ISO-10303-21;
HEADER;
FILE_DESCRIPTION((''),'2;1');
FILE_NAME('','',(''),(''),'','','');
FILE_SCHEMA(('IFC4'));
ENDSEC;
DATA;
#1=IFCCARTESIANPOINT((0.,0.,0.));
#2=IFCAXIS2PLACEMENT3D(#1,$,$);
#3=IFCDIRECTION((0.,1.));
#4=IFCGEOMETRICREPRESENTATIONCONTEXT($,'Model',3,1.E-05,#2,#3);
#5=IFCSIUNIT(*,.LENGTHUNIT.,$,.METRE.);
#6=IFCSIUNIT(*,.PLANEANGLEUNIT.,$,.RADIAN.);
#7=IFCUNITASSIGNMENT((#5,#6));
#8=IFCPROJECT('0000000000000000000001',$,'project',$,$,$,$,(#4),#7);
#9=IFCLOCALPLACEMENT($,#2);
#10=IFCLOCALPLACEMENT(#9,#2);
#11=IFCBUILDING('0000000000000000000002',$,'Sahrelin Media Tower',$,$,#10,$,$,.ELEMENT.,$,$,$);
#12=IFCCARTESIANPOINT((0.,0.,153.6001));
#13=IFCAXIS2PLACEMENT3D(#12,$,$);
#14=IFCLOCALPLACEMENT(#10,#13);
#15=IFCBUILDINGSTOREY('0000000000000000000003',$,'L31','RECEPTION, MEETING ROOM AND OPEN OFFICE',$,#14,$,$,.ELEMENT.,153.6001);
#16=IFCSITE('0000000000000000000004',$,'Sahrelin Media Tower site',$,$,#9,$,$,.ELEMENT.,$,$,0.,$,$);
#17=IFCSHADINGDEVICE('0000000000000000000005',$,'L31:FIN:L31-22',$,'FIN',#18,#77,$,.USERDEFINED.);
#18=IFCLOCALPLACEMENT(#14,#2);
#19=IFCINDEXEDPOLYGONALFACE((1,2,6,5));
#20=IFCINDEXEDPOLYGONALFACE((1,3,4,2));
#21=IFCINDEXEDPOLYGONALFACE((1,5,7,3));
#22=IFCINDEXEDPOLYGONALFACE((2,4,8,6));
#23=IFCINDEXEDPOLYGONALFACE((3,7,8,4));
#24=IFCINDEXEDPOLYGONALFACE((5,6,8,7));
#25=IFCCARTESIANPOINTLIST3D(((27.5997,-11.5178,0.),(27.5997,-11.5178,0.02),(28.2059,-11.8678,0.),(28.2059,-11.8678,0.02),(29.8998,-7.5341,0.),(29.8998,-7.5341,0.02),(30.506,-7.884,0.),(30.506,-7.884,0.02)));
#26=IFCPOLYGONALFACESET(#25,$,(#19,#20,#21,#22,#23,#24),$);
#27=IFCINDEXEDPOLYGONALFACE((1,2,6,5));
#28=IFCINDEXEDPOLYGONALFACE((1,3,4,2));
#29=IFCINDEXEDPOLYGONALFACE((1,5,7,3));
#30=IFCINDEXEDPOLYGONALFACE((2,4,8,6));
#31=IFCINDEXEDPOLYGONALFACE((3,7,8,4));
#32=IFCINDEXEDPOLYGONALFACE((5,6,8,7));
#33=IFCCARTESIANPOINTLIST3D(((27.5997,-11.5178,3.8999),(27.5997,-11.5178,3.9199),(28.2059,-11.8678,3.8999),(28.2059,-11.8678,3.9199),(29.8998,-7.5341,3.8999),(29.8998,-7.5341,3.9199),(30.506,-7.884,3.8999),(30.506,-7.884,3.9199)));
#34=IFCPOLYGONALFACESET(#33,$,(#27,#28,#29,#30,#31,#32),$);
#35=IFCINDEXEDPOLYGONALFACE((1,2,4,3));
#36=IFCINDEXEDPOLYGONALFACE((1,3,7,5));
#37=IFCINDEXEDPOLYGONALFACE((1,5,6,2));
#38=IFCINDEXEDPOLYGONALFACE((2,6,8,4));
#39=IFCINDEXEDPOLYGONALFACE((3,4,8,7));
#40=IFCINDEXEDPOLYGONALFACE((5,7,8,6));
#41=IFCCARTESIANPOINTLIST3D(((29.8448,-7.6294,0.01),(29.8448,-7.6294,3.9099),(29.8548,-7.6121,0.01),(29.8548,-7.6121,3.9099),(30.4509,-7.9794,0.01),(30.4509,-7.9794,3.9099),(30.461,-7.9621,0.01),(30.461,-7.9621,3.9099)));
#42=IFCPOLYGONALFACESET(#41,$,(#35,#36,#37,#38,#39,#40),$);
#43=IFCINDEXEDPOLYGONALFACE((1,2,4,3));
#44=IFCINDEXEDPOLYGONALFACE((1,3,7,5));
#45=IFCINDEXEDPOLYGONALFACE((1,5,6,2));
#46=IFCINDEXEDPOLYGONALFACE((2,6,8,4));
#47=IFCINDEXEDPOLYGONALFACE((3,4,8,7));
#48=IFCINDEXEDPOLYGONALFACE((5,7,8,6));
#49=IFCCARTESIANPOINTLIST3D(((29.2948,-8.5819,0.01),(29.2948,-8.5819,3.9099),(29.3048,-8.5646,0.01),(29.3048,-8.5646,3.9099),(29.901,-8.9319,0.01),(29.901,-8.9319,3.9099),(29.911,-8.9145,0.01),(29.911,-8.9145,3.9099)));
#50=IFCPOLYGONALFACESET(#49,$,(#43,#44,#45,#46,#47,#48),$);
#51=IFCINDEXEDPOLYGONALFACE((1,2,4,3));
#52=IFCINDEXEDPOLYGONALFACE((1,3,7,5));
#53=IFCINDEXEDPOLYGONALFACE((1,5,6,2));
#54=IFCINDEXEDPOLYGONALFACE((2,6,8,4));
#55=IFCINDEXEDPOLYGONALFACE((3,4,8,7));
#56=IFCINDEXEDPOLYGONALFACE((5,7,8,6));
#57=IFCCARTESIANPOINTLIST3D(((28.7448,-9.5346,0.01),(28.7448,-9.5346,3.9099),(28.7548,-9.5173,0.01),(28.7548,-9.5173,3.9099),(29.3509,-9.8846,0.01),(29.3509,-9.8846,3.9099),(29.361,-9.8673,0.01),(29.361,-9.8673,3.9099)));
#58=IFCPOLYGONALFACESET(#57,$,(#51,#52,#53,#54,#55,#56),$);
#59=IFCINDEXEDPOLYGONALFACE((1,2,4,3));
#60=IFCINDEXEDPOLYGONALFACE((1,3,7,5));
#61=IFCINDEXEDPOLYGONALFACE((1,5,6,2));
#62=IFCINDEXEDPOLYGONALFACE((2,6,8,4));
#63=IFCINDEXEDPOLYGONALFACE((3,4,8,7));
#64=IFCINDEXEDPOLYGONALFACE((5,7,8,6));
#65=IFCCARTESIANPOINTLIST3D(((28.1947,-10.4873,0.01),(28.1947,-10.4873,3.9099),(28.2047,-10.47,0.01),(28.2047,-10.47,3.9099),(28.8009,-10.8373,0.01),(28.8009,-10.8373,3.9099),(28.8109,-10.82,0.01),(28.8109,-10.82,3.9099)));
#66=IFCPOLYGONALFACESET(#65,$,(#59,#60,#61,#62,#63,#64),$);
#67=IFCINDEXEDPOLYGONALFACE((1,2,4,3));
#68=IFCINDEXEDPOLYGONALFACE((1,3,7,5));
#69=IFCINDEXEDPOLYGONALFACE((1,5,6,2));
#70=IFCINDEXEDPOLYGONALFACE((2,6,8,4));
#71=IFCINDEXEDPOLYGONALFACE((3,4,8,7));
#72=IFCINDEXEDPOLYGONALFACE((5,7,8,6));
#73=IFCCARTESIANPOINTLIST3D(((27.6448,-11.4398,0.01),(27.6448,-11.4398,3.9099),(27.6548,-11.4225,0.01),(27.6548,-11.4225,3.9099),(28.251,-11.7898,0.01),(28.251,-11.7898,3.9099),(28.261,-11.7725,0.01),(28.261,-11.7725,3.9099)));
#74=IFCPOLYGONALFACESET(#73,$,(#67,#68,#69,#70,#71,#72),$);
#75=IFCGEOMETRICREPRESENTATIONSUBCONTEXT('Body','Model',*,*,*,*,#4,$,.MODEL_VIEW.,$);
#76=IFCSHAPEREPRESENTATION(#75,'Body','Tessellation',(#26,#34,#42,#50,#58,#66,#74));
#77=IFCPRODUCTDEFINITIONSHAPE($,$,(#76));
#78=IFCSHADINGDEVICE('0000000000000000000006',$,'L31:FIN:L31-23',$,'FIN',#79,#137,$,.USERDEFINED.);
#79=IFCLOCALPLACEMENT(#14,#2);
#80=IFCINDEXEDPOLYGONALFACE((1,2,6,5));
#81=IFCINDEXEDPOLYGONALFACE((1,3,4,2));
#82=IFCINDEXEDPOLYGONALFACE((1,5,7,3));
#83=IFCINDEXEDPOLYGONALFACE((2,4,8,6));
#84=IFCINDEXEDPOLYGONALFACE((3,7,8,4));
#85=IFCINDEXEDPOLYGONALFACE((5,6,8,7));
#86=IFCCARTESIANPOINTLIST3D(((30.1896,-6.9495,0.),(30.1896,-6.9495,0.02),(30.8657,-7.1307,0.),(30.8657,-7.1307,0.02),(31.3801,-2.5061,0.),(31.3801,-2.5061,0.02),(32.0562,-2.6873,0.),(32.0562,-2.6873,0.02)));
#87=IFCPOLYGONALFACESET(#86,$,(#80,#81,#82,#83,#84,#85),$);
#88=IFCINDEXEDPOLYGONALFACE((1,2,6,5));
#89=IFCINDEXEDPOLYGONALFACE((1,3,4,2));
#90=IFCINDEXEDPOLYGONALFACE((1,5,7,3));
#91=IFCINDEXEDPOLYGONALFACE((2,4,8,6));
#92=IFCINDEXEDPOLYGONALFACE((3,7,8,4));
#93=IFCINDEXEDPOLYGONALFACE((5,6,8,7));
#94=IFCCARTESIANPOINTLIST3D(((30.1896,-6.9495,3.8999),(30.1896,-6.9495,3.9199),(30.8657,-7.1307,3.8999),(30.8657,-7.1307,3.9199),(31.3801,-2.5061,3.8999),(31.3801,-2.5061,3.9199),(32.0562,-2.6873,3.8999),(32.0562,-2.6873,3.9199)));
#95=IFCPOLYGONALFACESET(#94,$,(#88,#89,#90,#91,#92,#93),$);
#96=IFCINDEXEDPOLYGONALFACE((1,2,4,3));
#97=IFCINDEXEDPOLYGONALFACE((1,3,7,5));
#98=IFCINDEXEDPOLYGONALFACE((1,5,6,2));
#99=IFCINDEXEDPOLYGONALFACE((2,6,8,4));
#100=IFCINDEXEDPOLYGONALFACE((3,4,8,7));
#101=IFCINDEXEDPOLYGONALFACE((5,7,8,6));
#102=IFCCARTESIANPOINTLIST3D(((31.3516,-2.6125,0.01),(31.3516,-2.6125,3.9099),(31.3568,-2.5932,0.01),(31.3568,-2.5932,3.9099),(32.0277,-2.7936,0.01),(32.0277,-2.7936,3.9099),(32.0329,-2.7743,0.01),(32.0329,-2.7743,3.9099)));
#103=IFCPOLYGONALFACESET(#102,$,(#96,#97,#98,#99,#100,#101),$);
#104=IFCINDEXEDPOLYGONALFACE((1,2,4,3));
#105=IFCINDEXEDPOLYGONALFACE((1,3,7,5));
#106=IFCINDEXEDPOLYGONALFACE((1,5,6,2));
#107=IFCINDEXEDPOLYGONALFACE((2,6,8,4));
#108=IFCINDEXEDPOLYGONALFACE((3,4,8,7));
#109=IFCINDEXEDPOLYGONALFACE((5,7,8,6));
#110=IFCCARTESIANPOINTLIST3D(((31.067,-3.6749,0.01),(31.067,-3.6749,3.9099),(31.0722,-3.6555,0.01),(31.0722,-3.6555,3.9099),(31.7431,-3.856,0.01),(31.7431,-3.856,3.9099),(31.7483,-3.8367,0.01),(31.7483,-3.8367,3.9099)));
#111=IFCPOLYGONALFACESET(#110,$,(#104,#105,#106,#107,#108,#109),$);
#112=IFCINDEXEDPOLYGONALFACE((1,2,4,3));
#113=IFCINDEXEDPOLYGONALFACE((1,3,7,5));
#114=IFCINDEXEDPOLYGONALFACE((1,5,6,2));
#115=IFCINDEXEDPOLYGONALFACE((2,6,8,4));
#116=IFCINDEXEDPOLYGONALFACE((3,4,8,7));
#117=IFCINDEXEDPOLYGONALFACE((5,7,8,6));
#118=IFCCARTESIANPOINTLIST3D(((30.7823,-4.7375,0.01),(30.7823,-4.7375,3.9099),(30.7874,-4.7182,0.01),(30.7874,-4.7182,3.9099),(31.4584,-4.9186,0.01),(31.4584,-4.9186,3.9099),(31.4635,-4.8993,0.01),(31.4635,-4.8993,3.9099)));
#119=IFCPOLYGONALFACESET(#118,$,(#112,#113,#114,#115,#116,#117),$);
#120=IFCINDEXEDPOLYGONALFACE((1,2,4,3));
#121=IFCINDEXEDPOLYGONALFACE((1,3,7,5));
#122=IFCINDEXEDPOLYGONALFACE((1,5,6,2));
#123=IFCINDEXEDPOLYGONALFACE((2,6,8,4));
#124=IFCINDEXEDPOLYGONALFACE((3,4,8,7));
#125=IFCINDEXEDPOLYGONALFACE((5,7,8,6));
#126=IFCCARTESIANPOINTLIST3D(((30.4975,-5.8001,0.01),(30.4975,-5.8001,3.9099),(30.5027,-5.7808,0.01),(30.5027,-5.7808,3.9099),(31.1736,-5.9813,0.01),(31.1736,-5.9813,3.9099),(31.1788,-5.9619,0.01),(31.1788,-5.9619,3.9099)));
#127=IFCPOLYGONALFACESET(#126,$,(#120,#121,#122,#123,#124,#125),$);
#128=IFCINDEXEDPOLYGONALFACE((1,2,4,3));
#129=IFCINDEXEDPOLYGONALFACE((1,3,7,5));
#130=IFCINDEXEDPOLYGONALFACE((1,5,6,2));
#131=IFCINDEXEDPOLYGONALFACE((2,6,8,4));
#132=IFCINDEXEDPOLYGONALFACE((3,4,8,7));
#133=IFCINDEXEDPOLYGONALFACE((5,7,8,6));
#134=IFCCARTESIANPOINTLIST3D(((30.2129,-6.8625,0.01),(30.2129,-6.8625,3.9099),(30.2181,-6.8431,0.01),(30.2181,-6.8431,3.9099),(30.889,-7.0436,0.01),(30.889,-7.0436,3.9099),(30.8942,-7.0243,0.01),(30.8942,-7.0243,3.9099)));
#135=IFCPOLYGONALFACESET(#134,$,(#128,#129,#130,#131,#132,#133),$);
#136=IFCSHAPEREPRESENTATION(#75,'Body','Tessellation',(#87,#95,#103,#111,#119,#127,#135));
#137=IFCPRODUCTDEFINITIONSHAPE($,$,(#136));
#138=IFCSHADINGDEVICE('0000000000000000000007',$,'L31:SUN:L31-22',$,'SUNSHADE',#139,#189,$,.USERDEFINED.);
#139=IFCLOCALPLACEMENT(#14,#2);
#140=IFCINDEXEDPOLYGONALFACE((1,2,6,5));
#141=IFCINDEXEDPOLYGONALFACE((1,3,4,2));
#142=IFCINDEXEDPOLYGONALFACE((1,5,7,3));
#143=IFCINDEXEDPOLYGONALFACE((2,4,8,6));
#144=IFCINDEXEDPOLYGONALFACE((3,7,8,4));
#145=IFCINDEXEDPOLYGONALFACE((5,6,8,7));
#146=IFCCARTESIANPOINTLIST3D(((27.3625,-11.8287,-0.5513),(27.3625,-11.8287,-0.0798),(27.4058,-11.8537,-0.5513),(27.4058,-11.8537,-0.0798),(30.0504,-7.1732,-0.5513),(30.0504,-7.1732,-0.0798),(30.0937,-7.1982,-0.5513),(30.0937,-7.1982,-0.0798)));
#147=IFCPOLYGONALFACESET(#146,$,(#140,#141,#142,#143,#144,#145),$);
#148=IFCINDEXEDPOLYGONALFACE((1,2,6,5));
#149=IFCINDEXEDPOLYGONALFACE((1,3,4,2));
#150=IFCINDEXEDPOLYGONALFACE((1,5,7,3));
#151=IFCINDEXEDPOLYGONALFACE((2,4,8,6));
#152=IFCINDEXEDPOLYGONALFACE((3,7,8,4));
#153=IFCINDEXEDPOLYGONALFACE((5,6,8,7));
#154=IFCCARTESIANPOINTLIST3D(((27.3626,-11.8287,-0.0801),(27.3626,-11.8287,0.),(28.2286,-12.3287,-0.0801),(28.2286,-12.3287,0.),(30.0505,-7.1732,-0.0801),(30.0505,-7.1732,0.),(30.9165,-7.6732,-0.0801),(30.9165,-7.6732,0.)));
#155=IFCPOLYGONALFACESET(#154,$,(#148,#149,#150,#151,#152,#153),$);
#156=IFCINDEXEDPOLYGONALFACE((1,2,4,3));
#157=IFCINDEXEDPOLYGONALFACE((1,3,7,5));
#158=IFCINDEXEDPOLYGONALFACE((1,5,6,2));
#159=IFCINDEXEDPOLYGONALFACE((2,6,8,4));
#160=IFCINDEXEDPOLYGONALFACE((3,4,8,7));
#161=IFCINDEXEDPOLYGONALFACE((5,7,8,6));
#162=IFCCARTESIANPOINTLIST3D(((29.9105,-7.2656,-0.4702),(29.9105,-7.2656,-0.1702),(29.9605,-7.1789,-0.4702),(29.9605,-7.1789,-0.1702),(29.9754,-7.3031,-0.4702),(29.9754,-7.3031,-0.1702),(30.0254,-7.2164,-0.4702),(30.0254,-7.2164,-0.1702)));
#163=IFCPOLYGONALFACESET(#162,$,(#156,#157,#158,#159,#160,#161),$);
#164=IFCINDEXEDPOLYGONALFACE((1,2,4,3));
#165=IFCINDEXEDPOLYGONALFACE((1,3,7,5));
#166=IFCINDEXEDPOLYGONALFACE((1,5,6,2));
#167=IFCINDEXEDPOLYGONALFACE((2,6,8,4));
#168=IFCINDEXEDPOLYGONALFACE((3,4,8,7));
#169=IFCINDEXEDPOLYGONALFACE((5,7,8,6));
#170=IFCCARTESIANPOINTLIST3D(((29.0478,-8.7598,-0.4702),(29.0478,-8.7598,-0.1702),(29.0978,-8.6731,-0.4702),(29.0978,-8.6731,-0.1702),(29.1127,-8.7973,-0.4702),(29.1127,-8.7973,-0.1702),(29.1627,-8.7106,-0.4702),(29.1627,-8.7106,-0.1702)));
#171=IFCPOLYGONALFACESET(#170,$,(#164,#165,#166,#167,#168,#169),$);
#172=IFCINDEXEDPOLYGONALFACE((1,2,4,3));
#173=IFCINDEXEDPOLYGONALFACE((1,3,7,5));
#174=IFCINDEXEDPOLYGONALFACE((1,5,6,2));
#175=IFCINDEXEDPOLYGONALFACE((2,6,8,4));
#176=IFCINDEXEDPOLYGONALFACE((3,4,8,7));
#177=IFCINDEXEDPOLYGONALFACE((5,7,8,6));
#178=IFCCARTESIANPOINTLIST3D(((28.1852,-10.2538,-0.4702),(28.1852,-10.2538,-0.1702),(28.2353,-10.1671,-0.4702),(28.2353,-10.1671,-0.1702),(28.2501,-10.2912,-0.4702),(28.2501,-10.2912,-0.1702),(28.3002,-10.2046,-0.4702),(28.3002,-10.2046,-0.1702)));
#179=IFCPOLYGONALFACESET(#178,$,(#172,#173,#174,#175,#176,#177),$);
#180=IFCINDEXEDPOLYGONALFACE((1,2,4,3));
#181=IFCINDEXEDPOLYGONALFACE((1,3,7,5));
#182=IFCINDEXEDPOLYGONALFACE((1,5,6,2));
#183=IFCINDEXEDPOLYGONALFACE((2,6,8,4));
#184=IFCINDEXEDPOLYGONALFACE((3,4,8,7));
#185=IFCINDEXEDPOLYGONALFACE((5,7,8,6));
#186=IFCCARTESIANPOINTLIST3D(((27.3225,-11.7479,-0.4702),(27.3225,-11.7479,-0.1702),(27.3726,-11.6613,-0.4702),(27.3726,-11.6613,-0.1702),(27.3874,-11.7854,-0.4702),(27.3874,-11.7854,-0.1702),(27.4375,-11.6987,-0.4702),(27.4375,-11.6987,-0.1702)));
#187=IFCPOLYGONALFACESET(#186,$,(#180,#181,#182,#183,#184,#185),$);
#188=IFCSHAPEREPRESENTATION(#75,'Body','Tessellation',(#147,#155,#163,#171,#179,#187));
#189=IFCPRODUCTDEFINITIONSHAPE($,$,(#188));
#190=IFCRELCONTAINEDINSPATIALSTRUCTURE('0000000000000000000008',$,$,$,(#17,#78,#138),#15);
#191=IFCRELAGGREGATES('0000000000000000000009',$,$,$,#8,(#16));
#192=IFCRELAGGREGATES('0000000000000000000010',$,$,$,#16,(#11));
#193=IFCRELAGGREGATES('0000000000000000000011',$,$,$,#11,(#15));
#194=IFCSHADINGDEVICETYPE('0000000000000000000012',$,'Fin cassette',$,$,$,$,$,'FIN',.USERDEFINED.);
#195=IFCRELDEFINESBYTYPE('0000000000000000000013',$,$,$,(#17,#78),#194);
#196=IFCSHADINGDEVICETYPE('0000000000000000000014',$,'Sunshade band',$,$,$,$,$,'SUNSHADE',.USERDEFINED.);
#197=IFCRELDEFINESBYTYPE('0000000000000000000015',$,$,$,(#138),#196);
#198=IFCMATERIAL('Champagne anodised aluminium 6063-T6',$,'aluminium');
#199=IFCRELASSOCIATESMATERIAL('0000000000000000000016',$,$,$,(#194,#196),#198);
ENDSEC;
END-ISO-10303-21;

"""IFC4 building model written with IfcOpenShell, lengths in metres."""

from ifc_helpers import new_model, si_unit, direction, frame, origin, origin_2d, place, context, subcontext, project, spatial, rectangle, extrude, material, type_object, element, save


model = new_model("IFC4")

# Units and contexts
model_context = context("Model", 3, precision=1e-05, world=origin(), true_north=direction((0.0, 1.0)))
body_context = subcontext(model_context, "Body", "Model", "MODEL_VIEW")
ifc_project = project(units=[si_unit("LENGTHUNIT", "METRE"), si_unit("PLANEANGLEUNIT", "RADIAN")], contexts=[model_context])

# Site, building, storey
site_placement = place(None, origin())
site = spatial("IfcSite", under=ifc_project, at=site_placement, Name="Sahrelin Media Tower site", CompositionType="ELEMENT", RefElevation=0.0)
building_placement = place(site_placement, origin())
building = spatial("IfcBuilding", under=site, at=building_placement, Name="Sahrelin Media Tower", CompositionType="ELEMENT")
storey_placement = place(building_placement, frame((0.0, 0.0, 153.6001)))
storey = spatial("IfcBuildingStorey", under=building, at=storey_placement, Name="L31", Description="RECEPTION, MEETING ROOM AND OPEN OFFICE", CompositionType="ELEMENT", Elevation=153.6001)

# Shared definitions
ifc_material_1 = material(Name="Champagne anodised aluminium 6063-T6", Category="aluminium")

# Shading devices
shading_device_type_1 = type_object("IfcShadingDeviceType", Name="Fin cassette", ElementType="FIN", PredefinedType="USERDEFINED", material=ifc_material_1)
placement_1 = place(storey_placement, frame((28.6892, -9.491, 0.0), z_axis=(0.0, 0.0, 1.0), x_axis=(-0.500011, -0.866019, 0.0)))
element("IfcShadingDevice", 1, at=placement_1, inside=storey, type_object=shading_device_type_1, Name="L31:FIN:L31-22", ObjectType="FIN", PredefinedType="USERDEFINED", context=body_context, shape_type="SweptSolid", body=[
    extrude(rectangle(XDim=4.6001, YDim=0.7, at=origin_2d()), frame((0.0, 0.4199, 0.0)), (0.0, 0.0, 1.0), 0.02),
    extrude(rectangle(XDim=4.6001, YDim=0.7, at=origin_2d()), frame((0.0, 0.4199, 3.8999)), (0.0, 0.0, 1.0), 0.02),
    extrude(rectangle(XDim=0.02, YDim=0.7, at=origin_2d()), frame((-2.2, 0.4199, 0.01), z_axis=(0.0, 0.0, 1.0), x_axis=(1.0, 0.0, 0.0)), (0.0, 0.0, 1.0), 3.8999),
    extrude(rectangle(XDim=0.02, YDim=0.7, at=origin_2d()), frame((-1.1001, 0.4199, 0.01), z_axis=(0.0, 0.0, 1.0), x_axis=(1.0, 0.0, 0.0)), (0.0, 0.0, 1.0), 3.8999),
    extrude(rectangle(XDim=0.02, YDim=0.7, at=origin_2d()), frame((0.0, 0.4199, 0.01), z_axis=(0.0, 0.0, 1.0), x_axis=(1.0, 0.0, 0.0)), (0.0, 0.0, 1.0), 3.8999),
    extrude(rectangle(XDim=0.02, YDim=0.7, at=origin_2d()), frame((1.1001, 0.4199, 0.01), z_axis=(0.0, 0.0, 1.0), x_axis=(1.0, 0.0, 0.0)), (0.0, 0.0, 1.0), 3.8999),
    extrude(rectangle(XDim=0.02, YDim=0.7, at=origin_2d()), frame((2.2, 0.4199, 0.01), z_axis=(0.0, 0.0, 1.0), x_axis=(1.0, 0.0, 0.0)), (0.0, 0.0, 1.0), 3.8999),
])
placement_2 = place(storey_placement, frame((30.7173, -4.7097, 0.0), z_axis=(0.0, 0.0, 1.0), x_axis=(-0.258808, -0.965929, 0.0)))
element("IfcShadingDevice", 2, at=placement_2, inside=storey, type_object=shading_device_type_1, Name="L31:FIN:L31-23", ObjectType="FIN", PredefinedType="USERDEFINED", context=body_context, shape_type="SweptSolid", body=[
    extrude(rectangle(XDim=4.6001, YDim=0.7, at=origin_2d()), frame((0.0, 0.4199, 0.0)), (0.0, 0.0, 1.0), 0.02),
    extrude(rectangle(XDim=4.6001, YDim=0.7, at=origin_2d()), frame((0.0, 0.4199, 3.8999)), (0.0, 0.0, 1.0), 0.02),
    extrude(rectangle(XDim=0.02, YDim=0.7, at=origin_2d()), frame((-2.2, 0.4199, 0.01), z_axis=(0.0, 0.0, 1.0), x_axis=(1.0, 0.0, 0.0)), (0.0, 0.0, 1.0), 3.8999),
    extrude(rectangle(XDim=0.02, YDim=0.7, at=origin_2d()), frame((-1.1001, 0.4199, 0.01), z_axis=(0.0, 0.0, 1.0), x_axis=(1.0, 0.0, 0.0)), (0.0, 0.0, 1.0), 3.8999),
    extrude(rectangle(XDim=0.02, YDim=0.7, at=origin_2d()), frame((0.0, 0.4199, 0.01), z_axis=(0.0, 0.0, 1.0), x_axis=(1.0, 0.0, 0.0)), (0.0, 0.0, 1.0), 3.8999),
    extrude(rectangle(XDim=0.02, YDim=0.7, at=origin_2d()), frame((1.1001, 0.4199, 0.01), z_axis=(0.0, 0.0, 1.0), x_axis=(1.0, 0.0, 0.0)), (0.0, 0.0, 1.0), 3.8999),
    extrude(rectangle(XDim=0.02, YDim=0.7, at=origin_2d()), frame((2.2, 0.4199, 0.01), z_axis=(0.0, 0.0, 1.0), x_axis=(1.0, 0.0, 0.0)), (0.0, 0.0, 1.0), 3.8999),
])
shading_device_type_2 = type_object("IfcShadingDeviceType", Name="Sunshade band", ElementType="SUNSHADE", PredefinedType="USERDEFINED", material=ifc_material_1)
element("IfcShadingDevice", 3, at=placement_1, inside=storey, type_object=shading_device_type_2, Name="L31:SUN:L31-22", ObjectType="SUNSHADE", PredefinedType="USERDEFINED", context=body_context, shape_type="SweptSolid", body=[
    extrude(rectangle(XDim=5.3757, YDim=0.05, at=origin_2d()), frame((0.0, 0.0449, -0.5513)), (0.0, 0.0, 1.0), 0.4714),
    extrude(rectangle(XDim=5.3757, YDim=1.0, at=origin_2d()), frame((0.0, 0.52, -0.0801)), (0.0, 0.0, 1.0), 0.0801),
    extrude(rectangle(XDim=0.1001, YDim=0.075, at=origin_2d()), frame((-2.5879, -0.0176, -0.4702)), (0.0, 0.0, 1.0), 0.3),
    extrude(rectangle(XDim=0.1001, YDim=0.075, at=origin_2d()), frame((-0.8625, -0.0176, -0.4702)), (0.0, 0.0, 1.0), 0.3),
    extrude(rectangle(XDim=0.1001, YDim=0.075, at=origin_2d()), frame((0.8625, -0.0176, -0.4702)), (0.0, 0.0, 1.0), 0.3),
    extrude(rectangle(XDim=0.1001, YDim=0.075, at=origin_2d()), frame((2.5879, -0.0176, -0.4702)), (0.0, 0.0, 1.0), 0.3),
])

save(model, "model.ifc")
